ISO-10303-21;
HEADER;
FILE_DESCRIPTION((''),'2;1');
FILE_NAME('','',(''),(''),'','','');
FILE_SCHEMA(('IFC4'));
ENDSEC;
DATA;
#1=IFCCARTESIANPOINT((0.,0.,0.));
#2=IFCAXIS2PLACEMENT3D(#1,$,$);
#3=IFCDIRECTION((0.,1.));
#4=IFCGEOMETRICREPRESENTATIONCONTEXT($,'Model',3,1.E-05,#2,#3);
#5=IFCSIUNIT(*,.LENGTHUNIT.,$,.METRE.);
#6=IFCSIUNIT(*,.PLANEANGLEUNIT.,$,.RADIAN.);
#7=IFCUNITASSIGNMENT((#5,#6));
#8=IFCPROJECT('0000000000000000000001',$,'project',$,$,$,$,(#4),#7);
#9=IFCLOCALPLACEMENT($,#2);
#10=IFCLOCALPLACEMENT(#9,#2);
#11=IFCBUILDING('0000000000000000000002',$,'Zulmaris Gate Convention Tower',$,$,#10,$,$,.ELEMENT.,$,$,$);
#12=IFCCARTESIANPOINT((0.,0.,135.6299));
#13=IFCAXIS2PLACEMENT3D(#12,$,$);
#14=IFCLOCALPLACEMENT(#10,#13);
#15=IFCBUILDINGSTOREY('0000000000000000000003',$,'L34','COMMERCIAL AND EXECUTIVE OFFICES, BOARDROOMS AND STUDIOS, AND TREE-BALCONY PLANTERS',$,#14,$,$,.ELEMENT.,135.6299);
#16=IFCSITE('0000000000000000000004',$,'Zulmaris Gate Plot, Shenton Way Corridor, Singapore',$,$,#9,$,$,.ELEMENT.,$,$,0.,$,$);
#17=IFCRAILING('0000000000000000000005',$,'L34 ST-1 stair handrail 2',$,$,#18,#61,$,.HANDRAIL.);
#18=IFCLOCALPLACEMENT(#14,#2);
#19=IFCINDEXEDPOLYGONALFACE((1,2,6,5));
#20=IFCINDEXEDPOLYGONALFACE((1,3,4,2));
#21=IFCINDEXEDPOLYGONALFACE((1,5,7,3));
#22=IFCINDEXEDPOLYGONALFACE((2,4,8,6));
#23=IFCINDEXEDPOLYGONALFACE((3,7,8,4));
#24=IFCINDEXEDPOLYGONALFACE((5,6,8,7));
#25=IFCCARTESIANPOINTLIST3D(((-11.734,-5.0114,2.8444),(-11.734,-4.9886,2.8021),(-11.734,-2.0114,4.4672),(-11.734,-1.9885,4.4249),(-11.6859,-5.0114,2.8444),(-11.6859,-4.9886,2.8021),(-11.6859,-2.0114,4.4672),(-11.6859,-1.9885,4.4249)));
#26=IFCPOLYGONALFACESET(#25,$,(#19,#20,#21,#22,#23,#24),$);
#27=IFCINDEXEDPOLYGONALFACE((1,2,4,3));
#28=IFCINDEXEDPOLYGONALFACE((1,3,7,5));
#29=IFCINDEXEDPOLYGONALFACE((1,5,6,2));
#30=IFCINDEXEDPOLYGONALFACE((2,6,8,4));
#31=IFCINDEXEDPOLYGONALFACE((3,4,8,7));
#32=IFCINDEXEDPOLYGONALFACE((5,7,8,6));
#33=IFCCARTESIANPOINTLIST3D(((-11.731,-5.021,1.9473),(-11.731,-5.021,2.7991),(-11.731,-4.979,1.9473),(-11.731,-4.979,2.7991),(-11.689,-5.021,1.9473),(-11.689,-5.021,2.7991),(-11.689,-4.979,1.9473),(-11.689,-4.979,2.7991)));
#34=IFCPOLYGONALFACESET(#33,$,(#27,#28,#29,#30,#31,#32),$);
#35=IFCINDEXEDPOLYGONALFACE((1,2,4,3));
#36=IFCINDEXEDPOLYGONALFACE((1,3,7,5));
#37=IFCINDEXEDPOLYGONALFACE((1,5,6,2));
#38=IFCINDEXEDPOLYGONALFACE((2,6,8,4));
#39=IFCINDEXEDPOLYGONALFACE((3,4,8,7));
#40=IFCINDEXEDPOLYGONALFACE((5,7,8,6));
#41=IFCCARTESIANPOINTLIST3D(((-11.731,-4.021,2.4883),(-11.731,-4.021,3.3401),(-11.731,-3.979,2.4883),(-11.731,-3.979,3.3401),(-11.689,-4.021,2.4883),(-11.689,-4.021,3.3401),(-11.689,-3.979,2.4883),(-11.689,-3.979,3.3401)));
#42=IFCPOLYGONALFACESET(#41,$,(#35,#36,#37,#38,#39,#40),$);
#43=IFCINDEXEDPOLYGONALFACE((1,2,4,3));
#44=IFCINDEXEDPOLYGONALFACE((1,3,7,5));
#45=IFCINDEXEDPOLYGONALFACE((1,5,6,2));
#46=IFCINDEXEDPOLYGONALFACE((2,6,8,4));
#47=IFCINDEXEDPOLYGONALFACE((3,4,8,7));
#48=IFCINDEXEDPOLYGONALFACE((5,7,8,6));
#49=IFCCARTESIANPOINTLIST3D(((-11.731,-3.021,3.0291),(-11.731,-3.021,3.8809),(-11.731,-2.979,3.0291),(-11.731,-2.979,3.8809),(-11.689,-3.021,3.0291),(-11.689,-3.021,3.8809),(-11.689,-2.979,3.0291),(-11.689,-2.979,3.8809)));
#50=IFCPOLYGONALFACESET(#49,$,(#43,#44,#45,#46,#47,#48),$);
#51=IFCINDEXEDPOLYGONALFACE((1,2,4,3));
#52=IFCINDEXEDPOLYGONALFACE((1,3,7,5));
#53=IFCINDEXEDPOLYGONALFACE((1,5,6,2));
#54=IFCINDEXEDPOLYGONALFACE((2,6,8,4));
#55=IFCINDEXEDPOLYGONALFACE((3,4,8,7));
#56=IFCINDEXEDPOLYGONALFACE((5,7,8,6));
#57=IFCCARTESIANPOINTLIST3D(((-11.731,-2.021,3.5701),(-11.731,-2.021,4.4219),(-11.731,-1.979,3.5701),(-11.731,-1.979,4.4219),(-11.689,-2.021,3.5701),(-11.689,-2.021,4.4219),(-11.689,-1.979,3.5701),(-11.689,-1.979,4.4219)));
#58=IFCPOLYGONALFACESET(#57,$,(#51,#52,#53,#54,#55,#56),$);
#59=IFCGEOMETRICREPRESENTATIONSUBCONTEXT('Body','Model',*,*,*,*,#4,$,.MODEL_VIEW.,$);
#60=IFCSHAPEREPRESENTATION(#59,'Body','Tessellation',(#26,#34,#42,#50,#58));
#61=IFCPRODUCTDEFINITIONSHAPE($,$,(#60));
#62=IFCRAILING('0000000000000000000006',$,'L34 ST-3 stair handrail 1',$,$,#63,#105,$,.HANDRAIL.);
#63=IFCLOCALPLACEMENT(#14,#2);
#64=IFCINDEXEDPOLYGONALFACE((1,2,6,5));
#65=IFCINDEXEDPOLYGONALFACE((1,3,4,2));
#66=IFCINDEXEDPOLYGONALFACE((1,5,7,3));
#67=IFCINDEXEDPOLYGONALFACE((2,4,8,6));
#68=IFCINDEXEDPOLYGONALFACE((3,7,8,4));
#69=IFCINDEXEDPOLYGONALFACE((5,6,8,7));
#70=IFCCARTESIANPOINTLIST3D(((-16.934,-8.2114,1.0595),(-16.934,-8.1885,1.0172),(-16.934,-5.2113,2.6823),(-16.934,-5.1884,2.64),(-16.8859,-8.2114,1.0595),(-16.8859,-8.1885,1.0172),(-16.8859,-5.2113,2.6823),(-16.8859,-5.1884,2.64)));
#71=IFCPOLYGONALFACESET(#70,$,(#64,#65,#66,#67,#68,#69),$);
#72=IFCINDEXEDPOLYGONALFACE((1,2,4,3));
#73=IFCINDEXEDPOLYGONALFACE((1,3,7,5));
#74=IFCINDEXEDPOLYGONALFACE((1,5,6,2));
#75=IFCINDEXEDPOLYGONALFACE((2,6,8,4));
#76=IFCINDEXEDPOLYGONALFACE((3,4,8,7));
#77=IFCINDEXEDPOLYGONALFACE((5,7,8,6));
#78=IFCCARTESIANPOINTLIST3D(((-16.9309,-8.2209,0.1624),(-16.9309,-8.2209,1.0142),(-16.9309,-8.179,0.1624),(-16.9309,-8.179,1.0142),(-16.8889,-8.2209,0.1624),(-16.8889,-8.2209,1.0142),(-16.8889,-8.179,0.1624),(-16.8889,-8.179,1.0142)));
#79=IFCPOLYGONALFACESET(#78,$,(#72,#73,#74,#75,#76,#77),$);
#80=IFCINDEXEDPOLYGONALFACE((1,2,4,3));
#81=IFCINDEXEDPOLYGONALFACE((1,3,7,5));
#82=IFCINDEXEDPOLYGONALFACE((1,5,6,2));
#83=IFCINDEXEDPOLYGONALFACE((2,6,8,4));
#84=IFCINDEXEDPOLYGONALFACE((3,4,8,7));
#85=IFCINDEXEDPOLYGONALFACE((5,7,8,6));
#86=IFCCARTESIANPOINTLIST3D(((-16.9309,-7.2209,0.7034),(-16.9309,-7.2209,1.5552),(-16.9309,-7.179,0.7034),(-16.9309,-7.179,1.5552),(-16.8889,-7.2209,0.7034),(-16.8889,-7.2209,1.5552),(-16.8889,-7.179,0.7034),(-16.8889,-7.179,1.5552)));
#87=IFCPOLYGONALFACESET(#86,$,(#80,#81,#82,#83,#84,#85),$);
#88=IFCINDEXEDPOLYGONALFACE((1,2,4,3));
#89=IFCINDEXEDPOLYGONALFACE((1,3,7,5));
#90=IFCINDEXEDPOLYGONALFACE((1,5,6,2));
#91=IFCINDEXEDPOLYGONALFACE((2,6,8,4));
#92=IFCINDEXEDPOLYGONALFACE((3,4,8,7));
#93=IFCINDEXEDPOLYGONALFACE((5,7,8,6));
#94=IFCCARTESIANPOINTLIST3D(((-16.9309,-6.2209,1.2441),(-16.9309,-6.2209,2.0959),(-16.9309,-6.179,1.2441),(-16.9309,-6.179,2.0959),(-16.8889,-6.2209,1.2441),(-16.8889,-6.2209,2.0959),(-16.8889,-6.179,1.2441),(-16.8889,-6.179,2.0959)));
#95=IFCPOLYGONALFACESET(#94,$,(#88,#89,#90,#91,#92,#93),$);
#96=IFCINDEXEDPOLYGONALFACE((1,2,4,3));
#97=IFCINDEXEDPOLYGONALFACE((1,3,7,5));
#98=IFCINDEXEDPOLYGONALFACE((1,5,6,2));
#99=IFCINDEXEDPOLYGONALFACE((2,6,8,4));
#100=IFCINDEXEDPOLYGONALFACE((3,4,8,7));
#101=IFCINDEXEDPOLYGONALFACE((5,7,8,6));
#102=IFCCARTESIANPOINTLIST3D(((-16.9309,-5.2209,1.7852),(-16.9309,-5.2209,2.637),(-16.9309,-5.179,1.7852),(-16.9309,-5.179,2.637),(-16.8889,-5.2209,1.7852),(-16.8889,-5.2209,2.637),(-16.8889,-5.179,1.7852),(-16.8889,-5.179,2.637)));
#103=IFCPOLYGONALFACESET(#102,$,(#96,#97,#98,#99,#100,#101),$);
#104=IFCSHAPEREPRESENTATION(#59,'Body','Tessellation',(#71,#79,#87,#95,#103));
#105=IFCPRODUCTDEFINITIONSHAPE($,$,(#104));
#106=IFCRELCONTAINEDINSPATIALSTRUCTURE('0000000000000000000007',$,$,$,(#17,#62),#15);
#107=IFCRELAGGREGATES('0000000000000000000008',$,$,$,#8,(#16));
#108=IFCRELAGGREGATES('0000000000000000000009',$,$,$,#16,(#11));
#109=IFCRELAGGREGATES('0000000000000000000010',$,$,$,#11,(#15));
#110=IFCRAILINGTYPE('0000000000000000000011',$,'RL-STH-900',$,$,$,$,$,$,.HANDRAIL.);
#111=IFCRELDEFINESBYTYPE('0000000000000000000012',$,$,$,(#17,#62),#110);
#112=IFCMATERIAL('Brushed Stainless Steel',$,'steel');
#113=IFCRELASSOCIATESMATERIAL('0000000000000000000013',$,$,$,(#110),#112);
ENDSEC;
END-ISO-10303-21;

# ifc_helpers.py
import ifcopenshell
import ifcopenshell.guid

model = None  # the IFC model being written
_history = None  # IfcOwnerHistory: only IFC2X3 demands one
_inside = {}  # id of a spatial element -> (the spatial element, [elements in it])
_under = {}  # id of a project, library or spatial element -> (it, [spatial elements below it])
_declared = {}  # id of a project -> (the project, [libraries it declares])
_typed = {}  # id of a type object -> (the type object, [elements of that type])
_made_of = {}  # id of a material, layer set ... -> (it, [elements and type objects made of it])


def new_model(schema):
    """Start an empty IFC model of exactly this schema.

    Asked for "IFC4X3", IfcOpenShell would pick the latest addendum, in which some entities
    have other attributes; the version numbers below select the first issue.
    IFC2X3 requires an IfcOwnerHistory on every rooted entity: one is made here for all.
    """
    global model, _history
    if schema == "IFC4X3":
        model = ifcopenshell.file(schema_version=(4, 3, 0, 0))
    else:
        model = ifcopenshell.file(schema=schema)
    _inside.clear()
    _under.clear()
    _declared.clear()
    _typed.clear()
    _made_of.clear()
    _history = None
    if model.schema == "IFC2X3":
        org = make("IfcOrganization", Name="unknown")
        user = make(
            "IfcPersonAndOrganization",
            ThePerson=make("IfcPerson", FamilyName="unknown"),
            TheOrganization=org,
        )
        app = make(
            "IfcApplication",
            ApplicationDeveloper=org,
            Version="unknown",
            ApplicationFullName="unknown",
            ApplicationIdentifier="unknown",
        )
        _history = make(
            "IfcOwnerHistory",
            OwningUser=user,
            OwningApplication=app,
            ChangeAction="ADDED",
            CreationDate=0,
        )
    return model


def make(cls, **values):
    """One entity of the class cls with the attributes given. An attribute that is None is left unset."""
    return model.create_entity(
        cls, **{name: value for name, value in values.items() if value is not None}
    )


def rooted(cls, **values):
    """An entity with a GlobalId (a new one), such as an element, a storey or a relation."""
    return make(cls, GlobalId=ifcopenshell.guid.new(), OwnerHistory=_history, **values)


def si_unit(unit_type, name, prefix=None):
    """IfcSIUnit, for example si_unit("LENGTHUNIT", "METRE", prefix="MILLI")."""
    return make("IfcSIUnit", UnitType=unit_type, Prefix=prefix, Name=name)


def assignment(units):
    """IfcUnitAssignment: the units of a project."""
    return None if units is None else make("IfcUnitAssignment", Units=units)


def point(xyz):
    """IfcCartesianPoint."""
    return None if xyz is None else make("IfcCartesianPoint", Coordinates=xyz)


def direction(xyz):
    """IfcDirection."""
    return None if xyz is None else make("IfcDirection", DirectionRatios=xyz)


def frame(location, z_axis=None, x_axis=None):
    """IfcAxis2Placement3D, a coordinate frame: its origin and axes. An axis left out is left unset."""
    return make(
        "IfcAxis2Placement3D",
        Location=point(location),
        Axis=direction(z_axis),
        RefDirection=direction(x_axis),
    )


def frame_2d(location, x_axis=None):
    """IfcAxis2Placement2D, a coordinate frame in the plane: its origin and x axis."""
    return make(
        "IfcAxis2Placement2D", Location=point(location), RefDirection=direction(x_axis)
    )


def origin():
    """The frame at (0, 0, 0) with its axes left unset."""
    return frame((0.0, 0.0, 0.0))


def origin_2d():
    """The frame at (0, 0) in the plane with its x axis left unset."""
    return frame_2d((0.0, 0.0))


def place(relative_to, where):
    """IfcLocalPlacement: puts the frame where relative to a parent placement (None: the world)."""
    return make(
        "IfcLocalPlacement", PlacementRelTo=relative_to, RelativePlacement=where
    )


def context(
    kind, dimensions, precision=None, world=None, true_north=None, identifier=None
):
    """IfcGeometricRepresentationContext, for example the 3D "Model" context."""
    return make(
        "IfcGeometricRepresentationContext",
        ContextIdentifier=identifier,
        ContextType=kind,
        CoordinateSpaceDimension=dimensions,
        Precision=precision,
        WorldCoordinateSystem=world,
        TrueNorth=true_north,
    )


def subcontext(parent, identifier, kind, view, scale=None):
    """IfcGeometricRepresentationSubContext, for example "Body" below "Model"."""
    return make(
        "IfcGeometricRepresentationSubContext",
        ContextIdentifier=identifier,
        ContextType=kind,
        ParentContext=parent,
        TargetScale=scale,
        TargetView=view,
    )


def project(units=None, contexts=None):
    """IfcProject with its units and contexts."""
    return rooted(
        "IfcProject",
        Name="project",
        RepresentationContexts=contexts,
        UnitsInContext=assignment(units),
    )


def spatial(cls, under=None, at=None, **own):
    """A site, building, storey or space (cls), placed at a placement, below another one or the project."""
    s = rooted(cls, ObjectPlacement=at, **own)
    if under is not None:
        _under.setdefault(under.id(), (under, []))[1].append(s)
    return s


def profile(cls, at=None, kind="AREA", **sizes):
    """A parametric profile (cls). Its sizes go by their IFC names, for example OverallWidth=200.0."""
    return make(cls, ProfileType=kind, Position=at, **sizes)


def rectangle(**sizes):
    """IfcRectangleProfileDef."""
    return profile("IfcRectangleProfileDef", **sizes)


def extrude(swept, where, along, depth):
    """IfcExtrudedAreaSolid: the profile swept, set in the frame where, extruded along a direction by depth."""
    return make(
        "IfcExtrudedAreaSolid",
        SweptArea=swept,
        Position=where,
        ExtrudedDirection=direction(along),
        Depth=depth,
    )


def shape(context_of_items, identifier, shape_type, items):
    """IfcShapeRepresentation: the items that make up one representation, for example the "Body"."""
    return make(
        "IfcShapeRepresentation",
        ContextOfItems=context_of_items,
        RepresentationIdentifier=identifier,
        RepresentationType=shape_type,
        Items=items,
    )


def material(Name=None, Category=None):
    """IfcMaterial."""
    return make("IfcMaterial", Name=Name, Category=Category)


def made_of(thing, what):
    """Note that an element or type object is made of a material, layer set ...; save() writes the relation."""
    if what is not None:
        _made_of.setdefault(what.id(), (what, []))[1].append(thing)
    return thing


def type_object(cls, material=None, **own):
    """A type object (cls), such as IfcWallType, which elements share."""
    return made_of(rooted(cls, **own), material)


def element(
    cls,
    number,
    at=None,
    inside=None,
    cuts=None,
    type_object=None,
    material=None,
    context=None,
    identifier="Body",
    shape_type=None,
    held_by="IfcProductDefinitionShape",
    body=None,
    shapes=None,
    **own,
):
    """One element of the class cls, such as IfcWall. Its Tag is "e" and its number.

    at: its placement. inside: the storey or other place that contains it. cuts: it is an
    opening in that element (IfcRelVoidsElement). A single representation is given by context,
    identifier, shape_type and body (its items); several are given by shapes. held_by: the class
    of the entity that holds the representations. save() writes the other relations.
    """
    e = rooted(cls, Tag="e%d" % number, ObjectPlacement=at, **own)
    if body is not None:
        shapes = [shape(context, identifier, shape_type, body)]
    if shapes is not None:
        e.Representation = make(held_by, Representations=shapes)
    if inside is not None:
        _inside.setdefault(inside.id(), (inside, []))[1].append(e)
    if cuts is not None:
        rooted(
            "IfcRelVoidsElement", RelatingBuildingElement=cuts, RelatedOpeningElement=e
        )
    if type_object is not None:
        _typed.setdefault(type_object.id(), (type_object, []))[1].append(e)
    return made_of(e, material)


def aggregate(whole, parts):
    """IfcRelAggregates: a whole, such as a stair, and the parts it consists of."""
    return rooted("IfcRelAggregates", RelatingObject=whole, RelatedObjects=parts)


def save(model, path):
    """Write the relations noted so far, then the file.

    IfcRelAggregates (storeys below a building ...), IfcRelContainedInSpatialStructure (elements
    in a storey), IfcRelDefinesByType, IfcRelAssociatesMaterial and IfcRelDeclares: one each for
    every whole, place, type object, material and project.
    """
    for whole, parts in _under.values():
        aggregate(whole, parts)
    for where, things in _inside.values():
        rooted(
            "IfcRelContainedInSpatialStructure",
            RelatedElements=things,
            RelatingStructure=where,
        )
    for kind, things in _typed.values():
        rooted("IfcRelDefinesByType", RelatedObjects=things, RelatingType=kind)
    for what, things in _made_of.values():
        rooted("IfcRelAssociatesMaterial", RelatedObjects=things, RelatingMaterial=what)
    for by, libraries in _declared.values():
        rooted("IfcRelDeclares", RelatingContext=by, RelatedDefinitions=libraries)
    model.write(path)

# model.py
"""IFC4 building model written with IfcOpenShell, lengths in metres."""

from ifc_helpers import new_model, si_unit, direction, frame, origin, origin_2d, place, context, subcontext, project, spatial, rectangle, extrude, material, type_object, element, save


model = new_model("IFC4")

# Units and contexts
model_context = context("Model", 3, precision=1e-05, world=origin(), true_north=direction((0.0, 1.0)))
body_context = subcontext(model_context, "Body", "Model", "MODEL_VIEW")
ifc_project = project(units=[si_unit("LENGTHUNIT", "METRE"), si_unit("PLANEANGLEUNIT", "RADIAN")], contexts=[model_context])

# Site, building, storey
site_placement = place(None, origin())
site = spatial("IfcSite", under=ifc_project, at=site_placement, Name="Zulmaris Gate Plot, Shenton Way Corridor, Singapore", CompositionType="ELEMENT", RefElevation=0.0)
building_placement = place(site_placement, origin())
building = spatial("IfcBuilding", under=site, at=building_placement, Name="Zulmaris Gate Convention Tower", CompositionType="ELEMENT")
storey_placement = place(building_placement, frame((0.0, 0.0, 135.6299)))
storey = spatial("IfcBuildingStorey", under=building, at=storey_placement, Name="L34", Description="COMMERCIAL AND EXECUTIVE OFFICES, BOARDROOMS AND STUDIOS, AND TREE-BALCONY PLANTERS", CompositionType="ELEMENT", Elevation=135.6299)

# Railings
ifc_material_1 = material(Name="Brushed Stainless Steel", Category="steel")
railing_type_1 = type_object("IfcRailingType", Name="RL-STH-900", PredefinedType="HANDRAIL", material=ifc_material_1)
for number, where, name in (
    (1, (-11.71, -5.0, 1.9473), "L34 ST-1 stair handrail 2"),
    (2, (-16.9099, -8.2, 0.1624), "L34 ST-3 stair handrail 1"),
):
    element("IfcRailing", number, at=place(storey_placement, frame(where)), inside=storey, type_object=railing_type_1, Name=name, PredefinedType="HANDRAIL", context=body_context, shape_type="SweptSolid", body=[
        extrude(rectangle(XDim=0.0481, YDim=0.0481, at=origin_2d()), frame((0.0, 0.0, 0.876), z_axis=(0.0, 0.879562, 0.475785), x_axis=(-1.0, 0.0, 0.0)), (0.0, 0.0, 1.0), 3.4109),
        extrude(rectangle(XDim=0.042, YDim=0.042, at=origin_2d()), origin(), (0.0, 0.0, 1.0), 0.8518),
        extrude(rectangle(XDim=0.042, YDim=0.042, at=origin_2d()), frame((0.0, 1.0, 0.541)), (0.0, 0.0, 1.0), 0.8518),
        extrude(rectangle(XDim=0.042, YDim=0.042, at=origin_2d()), frame((0.0, 2.0, 1.0818)), (0.0, 0.0, 1.0), 0.8518),
        extrude(rectangle(XDim=0.042, YDim=0.042, at=origin_2d()), frame((0.0, 3.0, 1.6228)), (0.0, 0.0, 1.0), 0.8518),
    ])

save(model, "model.ifc")
